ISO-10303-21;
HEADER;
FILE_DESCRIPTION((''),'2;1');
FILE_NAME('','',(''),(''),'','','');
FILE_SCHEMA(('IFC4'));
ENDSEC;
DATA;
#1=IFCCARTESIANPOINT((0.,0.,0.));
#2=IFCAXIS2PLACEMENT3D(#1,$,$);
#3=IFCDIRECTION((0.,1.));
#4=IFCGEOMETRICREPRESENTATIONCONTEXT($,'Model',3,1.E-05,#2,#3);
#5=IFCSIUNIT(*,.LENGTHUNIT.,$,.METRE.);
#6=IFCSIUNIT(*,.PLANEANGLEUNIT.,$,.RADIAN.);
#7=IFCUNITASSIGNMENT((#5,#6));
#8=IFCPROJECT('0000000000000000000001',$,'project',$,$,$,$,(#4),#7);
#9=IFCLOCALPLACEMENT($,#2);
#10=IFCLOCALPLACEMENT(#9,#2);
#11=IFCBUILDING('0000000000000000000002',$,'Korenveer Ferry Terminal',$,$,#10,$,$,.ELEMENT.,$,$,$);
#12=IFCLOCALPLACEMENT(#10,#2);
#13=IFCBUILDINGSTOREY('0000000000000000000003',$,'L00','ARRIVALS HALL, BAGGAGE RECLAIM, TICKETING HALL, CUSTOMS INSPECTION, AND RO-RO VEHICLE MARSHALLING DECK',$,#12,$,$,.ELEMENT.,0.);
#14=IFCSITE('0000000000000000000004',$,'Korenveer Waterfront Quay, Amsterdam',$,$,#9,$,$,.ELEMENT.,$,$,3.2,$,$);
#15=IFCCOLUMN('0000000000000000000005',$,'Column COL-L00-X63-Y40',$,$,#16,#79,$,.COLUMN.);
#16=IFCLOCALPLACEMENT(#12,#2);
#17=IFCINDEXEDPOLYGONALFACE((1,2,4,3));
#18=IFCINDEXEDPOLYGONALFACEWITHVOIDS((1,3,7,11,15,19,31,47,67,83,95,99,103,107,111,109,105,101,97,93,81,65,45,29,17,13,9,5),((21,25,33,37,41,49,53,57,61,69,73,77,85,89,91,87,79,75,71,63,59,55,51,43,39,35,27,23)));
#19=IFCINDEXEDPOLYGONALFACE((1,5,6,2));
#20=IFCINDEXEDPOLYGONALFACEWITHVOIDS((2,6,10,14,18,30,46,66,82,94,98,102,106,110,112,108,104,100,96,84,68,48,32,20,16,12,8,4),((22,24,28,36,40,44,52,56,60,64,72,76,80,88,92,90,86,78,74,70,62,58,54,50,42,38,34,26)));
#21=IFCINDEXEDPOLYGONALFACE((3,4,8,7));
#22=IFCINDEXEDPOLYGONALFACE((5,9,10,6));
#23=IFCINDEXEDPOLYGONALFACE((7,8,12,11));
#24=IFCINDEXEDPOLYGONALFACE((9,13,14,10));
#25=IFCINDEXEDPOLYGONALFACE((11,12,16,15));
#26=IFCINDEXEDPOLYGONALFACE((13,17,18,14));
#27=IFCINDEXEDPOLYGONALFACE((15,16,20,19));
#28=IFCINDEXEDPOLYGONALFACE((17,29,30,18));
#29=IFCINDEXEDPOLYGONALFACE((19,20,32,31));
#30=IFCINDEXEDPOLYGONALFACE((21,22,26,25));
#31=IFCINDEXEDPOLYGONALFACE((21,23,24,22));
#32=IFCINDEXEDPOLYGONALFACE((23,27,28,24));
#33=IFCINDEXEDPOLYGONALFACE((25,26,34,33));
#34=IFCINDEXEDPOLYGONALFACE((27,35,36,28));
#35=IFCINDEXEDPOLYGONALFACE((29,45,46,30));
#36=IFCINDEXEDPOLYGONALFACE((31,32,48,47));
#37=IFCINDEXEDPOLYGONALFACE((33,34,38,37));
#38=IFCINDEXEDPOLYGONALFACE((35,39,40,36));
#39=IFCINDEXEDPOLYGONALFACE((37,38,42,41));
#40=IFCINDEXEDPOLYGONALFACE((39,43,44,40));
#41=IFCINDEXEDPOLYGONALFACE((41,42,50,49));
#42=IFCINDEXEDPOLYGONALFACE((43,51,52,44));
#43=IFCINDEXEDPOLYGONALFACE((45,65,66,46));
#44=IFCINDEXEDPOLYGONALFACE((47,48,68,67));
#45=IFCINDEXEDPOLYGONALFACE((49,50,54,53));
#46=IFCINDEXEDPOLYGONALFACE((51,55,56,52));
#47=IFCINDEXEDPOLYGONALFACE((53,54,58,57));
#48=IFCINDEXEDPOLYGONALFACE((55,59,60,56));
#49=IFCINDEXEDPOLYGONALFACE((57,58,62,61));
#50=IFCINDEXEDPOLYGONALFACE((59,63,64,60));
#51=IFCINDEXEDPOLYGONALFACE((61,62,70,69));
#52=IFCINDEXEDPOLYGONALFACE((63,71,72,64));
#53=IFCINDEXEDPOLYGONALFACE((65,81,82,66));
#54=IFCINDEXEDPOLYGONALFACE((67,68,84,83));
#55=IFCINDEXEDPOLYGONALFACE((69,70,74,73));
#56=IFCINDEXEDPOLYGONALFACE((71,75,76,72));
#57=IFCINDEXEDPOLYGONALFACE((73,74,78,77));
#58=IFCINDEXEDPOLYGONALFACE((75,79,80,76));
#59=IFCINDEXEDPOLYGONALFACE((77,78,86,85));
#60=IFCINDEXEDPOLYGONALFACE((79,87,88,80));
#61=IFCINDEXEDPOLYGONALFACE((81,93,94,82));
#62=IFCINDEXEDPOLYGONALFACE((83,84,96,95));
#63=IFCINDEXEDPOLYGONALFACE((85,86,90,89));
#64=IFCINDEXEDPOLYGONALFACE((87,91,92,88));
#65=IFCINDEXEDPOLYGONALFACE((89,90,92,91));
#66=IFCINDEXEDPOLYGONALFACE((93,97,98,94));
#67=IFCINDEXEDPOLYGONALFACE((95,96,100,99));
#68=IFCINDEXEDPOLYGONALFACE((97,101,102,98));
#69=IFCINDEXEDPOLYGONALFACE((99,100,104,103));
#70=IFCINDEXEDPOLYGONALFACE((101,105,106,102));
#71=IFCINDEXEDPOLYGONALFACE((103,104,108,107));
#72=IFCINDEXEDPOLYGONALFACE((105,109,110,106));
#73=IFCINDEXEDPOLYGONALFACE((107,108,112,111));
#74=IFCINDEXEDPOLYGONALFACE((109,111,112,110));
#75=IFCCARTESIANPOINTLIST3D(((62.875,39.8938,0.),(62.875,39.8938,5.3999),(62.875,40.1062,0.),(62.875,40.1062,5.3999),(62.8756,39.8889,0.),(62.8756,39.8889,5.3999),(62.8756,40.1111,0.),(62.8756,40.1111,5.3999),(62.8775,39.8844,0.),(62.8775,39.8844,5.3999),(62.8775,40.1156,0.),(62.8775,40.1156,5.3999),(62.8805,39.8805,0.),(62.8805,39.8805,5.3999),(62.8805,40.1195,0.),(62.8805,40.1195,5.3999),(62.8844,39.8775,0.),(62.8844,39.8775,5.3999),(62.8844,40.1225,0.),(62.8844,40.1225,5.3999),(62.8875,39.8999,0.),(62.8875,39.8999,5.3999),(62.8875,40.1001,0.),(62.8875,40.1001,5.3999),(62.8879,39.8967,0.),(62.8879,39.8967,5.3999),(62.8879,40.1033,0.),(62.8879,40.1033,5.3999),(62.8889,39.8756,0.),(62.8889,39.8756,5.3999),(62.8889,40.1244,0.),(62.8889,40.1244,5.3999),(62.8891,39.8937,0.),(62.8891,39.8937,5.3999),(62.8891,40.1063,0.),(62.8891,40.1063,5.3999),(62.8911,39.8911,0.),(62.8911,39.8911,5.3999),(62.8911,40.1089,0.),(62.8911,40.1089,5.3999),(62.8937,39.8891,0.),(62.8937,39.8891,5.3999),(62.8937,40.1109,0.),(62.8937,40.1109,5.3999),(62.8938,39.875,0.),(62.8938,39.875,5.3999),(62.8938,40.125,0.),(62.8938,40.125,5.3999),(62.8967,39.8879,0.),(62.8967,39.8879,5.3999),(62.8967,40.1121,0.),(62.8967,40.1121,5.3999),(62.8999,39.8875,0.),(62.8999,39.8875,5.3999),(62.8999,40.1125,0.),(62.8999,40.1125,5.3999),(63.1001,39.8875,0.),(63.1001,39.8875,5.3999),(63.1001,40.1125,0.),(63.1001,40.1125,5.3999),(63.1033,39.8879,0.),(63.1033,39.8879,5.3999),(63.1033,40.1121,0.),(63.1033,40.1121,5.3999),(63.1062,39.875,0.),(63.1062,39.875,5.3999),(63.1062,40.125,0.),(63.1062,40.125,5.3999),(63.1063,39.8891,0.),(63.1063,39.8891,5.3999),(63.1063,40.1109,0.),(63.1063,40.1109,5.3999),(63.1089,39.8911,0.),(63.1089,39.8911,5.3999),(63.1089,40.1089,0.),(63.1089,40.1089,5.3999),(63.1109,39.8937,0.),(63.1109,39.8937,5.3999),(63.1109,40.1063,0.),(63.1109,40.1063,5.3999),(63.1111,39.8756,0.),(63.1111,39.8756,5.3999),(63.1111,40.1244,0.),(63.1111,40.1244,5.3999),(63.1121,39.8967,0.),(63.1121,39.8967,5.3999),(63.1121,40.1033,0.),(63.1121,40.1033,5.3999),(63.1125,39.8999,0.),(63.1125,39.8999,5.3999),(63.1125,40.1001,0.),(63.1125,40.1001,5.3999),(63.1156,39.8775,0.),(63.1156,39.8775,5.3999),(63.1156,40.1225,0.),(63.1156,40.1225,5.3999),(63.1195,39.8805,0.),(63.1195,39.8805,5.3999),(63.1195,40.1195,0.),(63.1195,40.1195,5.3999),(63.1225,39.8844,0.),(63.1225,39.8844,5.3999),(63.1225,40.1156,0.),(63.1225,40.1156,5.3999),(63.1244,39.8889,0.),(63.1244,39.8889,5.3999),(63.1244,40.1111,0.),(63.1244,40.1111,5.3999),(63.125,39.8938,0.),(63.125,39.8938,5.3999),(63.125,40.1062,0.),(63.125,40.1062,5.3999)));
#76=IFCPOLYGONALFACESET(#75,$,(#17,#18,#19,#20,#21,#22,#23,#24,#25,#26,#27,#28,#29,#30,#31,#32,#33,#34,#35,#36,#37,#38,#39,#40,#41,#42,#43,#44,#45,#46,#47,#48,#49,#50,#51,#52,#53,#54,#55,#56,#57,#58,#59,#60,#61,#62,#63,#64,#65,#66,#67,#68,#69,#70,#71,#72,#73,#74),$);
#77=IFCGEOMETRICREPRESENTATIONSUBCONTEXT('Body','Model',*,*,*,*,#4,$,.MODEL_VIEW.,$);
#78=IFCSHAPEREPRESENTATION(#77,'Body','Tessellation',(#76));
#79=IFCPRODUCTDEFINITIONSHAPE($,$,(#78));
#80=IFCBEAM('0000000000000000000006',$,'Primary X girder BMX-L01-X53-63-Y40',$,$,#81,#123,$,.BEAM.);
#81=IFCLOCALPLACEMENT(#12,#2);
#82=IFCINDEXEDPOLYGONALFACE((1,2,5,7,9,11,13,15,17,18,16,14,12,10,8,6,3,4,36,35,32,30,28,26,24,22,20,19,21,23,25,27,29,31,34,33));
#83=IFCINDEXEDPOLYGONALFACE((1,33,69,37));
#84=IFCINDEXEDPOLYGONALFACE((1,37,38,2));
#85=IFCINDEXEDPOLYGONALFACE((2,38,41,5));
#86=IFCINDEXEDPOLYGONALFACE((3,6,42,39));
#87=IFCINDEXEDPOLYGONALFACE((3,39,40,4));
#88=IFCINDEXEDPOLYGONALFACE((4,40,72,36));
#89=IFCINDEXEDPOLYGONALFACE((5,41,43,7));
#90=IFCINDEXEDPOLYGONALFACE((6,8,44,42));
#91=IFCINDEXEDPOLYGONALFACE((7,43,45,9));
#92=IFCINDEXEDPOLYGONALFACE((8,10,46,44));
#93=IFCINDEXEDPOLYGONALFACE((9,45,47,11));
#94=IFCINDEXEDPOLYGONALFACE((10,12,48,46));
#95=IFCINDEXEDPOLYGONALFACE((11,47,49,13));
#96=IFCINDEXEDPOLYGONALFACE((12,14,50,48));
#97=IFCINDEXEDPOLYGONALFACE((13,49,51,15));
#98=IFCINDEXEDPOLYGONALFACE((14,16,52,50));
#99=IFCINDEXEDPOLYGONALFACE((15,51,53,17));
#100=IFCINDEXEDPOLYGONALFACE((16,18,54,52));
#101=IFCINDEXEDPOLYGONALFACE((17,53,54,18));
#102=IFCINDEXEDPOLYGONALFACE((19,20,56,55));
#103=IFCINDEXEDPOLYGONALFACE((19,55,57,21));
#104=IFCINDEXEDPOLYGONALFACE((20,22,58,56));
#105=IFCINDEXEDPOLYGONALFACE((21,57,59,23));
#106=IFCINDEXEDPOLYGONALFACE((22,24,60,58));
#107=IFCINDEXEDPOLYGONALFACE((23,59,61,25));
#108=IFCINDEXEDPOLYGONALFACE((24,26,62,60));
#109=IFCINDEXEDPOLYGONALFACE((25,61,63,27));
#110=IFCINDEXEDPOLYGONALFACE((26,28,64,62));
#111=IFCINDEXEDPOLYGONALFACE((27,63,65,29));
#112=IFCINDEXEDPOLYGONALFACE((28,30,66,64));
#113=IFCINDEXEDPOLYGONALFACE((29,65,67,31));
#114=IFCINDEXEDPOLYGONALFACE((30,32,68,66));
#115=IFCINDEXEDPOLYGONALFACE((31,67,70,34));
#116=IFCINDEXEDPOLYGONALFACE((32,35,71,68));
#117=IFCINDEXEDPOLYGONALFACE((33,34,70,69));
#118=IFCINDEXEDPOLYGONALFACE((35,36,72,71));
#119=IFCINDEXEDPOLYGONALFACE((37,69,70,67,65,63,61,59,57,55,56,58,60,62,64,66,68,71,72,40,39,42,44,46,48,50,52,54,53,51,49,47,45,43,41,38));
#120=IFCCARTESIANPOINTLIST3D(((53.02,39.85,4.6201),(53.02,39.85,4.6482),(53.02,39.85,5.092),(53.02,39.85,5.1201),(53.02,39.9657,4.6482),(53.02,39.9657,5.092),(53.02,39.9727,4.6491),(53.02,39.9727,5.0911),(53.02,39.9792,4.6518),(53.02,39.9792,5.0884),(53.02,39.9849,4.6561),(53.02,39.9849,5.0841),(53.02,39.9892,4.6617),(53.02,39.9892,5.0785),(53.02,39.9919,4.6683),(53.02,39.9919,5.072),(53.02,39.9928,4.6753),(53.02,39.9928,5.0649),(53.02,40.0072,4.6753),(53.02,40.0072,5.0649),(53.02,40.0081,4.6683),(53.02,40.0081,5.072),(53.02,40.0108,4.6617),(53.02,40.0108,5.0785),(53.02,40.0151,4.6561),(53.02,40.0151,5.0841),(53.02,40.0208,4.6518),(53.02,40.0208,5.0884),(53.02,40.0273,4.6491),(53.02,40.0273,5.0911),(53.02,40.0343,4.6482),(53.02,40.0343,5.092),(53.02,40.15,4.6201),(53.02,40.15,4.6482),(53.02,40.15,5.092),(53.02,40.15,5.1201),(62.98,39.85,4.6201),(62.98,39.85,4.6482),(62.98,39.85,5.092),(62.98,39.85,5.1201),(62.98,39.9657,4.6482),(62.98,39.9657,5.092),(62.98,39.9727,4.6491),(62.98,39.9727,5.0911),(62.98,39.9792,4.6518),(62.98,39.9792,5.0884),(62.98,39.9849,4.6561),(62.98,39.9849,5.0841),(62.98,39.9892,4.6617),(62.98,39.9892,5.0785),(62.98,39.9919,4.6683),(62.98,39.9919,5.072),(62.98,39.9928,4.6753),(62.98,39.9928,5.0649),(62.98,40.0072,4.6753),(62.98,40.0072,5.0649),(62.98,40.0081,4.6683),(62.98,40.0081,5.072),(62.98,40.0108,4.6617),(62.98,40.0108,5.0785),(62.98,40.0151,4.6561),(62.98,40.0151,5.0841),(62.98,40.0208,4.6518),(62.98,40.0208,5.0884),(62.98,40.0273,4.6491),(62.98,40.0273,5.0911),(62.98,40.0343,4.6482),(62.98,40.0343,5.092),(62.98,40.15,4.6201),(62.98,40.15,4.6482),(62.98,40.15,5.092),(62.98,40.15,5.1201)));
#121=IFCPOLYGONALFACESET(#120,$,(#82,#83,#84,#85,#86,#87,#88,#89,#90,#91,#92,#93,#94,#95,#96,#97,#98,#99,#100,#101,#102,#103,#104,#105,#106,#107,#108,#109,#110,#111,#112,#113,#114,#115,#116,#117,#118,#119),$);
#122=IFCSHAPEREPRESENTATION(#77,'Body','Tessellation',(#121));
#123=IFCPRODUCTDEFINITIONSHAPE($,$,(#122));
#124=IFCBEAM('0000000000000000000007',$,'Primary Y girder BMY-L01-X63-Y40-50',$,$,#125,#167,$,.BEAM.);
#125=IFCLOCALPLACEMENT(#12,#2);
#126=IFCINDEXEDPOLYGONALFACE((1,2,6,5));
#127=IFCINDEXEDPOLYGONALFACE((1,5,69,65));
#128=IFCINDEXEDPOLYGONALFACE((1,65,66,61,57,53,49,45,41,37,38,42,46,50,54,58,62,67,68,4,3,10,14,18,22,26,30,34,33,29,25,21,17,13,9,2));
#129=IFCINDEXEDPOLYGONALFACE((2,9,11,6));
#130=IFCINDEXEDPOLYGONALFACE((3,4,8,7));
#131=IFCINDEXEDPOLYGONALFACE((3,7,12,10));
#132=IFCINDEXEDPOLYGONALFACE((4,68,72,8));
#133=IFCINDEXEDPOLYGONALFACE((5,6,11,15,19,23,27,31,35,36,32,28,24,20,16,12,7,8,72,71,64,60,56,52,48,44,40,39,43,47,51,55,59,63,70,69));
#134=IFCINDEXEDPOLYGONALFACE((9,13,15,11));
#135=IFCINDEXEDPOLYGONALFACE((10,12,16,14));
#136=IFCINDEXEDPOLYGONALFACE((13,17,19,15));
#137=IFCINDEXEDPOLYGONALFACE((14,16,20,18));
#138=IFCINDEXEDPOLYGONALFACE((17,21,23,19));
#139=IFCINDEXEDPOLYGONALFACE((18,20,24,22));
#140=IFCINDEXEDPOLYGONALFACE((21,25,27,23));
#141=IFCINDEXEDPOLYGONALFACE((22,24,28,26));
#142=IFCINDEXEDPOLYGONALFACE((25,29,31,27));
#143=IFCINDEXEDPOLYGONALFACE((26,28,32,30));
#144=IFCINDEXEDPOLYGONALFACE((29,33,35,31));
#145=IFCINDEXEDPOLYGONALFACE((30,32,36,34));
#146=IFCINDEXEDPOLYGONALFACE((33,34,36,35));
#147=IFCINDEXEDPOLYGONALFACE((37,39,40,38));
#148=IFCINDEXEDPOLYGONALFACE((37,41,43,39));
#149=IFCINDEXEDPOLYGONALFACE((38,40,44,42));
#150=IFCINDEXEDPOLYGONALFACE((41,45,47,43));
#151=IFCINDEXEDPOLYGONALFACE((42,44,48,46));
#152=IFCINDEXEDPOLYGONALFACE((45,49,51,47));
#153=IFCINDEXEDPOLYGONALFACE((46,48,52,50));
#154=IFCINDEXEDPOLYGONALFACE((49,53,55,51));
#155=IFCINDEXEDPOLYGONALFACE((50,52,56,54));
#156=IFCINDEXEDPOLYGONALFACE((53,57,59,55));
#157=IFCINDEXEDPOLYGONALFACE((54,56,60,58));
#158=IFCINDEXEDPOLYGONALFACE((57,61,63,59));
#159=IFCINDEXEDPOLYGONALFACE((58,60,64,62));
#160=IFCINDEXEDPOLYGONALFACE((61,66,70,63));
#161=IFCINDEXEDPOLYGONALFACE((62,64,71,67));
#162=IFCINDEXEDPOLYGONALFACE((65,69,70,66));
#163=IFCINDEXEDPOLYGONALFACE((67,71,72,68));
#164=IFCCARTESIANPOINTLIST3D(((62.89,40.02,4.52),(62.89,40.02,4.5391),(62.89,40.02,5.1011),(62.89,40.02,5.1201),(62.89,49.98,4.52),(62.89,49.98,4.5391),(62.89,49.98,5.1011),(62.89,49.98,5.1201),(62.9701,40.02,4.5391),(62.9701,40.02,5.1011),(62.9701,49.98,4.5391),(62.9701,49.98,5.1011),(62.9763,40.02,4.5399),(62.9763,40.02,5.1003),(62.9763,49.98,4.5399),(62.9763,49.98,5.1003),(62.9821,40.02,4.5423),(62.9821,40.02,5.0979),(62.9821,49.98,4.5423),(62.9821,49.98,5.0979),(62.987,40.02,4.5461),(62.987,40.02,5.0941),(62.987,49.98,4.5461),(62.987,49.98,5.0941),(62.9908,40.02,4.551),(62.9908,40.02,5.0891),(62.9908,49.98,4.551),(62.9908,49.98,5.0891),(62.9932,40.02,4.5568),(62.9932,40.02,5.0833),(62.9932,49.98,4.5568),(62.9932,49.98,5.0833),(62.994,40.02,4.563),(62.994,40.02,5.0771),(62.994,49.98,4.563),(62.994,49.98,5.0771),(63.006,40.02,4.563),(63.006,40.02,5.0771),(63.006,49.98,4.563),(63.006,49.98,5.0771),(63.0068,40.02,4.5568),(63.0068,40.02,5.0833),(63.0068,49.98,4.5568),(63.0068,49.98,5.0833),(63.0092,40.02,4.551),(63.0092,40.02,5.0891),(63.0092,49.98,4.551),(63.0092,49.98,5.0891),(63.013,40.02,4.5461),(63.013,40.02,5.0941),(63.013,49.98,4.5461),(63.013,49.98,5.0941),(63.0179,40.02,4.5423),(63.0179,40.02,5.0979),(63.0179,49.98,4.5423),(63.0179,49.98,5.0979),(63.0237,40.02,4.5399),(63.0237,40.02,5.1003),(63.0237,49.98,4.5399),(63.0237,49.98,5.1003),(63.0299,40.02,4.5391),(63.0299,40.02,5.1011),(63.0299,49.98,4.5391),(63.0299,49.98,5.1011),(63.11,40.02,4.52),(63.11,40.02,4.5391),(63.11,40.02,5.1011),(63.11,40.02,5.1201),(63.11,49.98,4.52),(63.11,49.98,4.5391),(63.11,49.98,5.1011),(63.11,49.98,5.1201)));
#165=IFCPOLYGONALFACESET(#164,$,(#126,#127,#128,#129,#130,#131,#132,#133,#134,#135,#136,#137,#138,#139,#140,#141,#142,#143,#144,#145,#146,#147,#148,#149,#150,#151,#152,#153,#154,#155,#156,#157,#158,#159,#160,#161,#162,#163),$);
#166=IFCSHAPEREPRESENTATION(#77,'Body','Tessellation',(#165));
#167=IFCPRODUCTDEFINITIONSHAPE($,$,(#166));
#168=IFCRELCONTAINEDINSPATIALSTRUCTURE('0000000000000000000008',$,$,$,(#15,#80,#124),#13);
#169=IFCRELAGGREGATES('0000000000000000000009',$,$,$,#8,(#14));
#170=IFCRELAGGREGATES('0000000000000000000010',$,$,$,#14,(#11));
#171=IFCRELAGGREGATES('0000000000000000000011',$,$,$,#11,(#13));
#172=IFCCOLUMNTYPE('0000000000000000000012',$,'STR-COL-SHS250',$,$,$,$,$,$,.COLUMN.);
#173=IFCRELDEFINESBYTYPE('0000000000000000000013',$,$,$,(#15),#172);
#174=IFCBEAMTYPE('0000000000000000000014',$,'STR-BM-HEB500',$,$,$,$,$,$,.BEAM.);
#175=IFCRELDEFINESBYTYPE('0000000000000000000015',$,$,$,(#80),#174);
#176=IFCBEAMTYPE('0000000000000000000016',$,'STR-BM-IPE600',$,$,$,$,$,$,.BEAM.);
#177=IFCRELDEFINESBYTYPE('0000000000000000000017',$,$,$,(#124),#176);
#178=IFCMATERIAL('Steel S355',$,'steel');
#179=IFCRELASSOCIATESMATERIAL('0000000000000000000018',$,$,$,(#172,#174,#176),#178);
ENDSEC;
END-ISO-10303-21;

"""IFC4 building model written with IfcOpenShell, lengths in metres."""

from ifc_helpers import new_model, si_unit, direction, frame, origin, origin_2d, place, context, subcontext, project, spatial, hollow_rectangle, i_section, extrude, material, material_profile, profile_set, type_object, element, save


model = new_model("IFC4")

# Units and contexts
model_context = context("Model", 3, precision=1e-05, world=origin(), true_north=direction((0.0, 1.0)))
body_context = subcontext(model_context, "Body", "Model", "MODEL_VIEW")
ifc_project = project(units=[si_unit("LENGTHUNIT", "METRE"), si_unit("PLANEANGLEUNIT", "RADIAN")], contexts=[model_context])

# Site, building, storey
site_placement = place(None, origin())
site = spatial("IfcSite", under=ifc_project, at=site_placement, Name="Korenveer Waterfront Quay, Amsterdam", CompositionType="ELEMENT", RefElevation=3.2)
building_placement = place(site_placement, origin())
building = spatial("IfcBuilding", under=site, at=building_placement, Name="Korenveer Ferry Terminal", CompositionType="ELEMENT")
storey_placement = place(building_placement, origin())
storey = spatial("IfcBuildingStorey", under=building, at=storey_placement, Name="L00", Description="ARRIVALS HALL, BAGGAGE RECLAIM, TICKETING HALL, CUSTOMS INSPECTION, AND RO-RO VEHICLE MARSHALLING DECK", CompositionType="ELEMENT", Elevation=0.0)

# Column
ifc_material_1 = material(Name="Steel S355", Category="steel")
ifc_material_profile_1 = material_profile(ifc_material_1, hollow_rectangle(XDim=0.25, YDim=0.25, WallThickness=0.0125, InnerFilletRadius=0.0125, OuterFilletRadius=0.0188, at=origin_2d()), Name="SHS 250x250x12.5")
ifc_profile_set_1 = profile_set([ifc_material_profile_1], Name="Steel S355")
column_type = type_object("IfcColumnType", Name="STR-COL-SHS250", PredefinedType="COLUMN", material=ifc_profile_set_1)
column_placement = place(storey_placement, frame((63.0, 40.0, 0.0), z_axis=(0.0, 0.0, 1.0), x_axis=(1.0, 0.0, 0.0)))
element("IfcColumn", 1, at=column_placement, inside=storey, type_object=column_type, Name="Column COL-L00-X63-Y40", PredefinedType="COLUMN", context=body_context, shape_type="SweptSolid", body=[
    extrude(hollow_rectangle(XDim=0.25, YDim=0.25, WallThickness=0.0125, InnerFilletRadius=0.0125, OuterFilletRadius=0.0188, at=origin_2d()), origin(), (0.0, 0.0, 1.0), 5.3999),
])

# Beams
ifc_material_profile_2 = material_profile(ifc_material_1, i_section(OverallWidth=0.3, OverallDepth=0.5, WebThickness=0.0144, FlangeThickness=0.0281, FilletRadius=0.0271, at=origin_2d()), Name="HEB 500")
ifc_profile_set_2 = profile_set([ifc_material_profile_2], Name="Steel S355")
beam_type_1 = type_object("IfcBeamType", Name="STR-BM-HEB500", PredefinedType="BEAM", material=ifc_profile_set_2)
beam_1_placement = place(storey_placement, frame((53.02, 40.0, 4.8701), z_axis=(1.0, 0.0, 0.0), x_axis=(0.0, 1.0, 0.0)))
element("IfcBeam", 2, at=beam_1_placement, inside=storey, type_object=beam_type_1, Name="Primary X girder BMX-L01-X53-63-Y40", PredefinedType="BEAM", context=body_context, shape_type="SweptSolid", body=[
    extrude(i_section(OverallWidth=0.3, OverallDepth=0.5, WebThickness=0.0144, FlangeThickness=0.0281, FilletRadius=0.0271, at=origin_2d()), origin(), (0.0, 0.0, 1.0), 9.96),
])
ifc_material_profile_3 = material_profile(ifc_material_1, i_section(OverallWidth=0.22, OverallDepth=0.6001, WebThickness=0.012, FlangeThickness=0.019, FilletRadius=0.0239, at=origin_2d()), Name="IPE 600")
ifc_profile_set_3 = profile_set([ifc_material_profile_3], Name="Steel S355")
beam_type_2 = type_object("IfcBeamType", Name="STR-BM-IPE600", PredefinedType="BEAM", material=ifc_profile_set_3)
beam_2_placement = place(storey_placement, frame((63.0, 40.02, 4.8201), z_axis=(0.0, 1.0, 0.0), x_axis=(-1.0, 0.0, 0.0)))
element("IfcBeam", 3, at=beam_2_placement, inside=storey, type_object=beam_type_2, Name="Primary Y girder BMY-L01-X63-Y40-50", PredefinedType="BEAM", context=body_context, shape_type="SweptSolid", body=[
    extrude(i_section(OverallWidth=0.22, OverallDepth=0.6001, WebThickness=0.012, FlangeThickness=0.019, FilletRadius=0.0239, at=origin_2d()), origin(), (0.0, 0.0, 1.0), 9.96),
])

save(model, "model.ifc")
